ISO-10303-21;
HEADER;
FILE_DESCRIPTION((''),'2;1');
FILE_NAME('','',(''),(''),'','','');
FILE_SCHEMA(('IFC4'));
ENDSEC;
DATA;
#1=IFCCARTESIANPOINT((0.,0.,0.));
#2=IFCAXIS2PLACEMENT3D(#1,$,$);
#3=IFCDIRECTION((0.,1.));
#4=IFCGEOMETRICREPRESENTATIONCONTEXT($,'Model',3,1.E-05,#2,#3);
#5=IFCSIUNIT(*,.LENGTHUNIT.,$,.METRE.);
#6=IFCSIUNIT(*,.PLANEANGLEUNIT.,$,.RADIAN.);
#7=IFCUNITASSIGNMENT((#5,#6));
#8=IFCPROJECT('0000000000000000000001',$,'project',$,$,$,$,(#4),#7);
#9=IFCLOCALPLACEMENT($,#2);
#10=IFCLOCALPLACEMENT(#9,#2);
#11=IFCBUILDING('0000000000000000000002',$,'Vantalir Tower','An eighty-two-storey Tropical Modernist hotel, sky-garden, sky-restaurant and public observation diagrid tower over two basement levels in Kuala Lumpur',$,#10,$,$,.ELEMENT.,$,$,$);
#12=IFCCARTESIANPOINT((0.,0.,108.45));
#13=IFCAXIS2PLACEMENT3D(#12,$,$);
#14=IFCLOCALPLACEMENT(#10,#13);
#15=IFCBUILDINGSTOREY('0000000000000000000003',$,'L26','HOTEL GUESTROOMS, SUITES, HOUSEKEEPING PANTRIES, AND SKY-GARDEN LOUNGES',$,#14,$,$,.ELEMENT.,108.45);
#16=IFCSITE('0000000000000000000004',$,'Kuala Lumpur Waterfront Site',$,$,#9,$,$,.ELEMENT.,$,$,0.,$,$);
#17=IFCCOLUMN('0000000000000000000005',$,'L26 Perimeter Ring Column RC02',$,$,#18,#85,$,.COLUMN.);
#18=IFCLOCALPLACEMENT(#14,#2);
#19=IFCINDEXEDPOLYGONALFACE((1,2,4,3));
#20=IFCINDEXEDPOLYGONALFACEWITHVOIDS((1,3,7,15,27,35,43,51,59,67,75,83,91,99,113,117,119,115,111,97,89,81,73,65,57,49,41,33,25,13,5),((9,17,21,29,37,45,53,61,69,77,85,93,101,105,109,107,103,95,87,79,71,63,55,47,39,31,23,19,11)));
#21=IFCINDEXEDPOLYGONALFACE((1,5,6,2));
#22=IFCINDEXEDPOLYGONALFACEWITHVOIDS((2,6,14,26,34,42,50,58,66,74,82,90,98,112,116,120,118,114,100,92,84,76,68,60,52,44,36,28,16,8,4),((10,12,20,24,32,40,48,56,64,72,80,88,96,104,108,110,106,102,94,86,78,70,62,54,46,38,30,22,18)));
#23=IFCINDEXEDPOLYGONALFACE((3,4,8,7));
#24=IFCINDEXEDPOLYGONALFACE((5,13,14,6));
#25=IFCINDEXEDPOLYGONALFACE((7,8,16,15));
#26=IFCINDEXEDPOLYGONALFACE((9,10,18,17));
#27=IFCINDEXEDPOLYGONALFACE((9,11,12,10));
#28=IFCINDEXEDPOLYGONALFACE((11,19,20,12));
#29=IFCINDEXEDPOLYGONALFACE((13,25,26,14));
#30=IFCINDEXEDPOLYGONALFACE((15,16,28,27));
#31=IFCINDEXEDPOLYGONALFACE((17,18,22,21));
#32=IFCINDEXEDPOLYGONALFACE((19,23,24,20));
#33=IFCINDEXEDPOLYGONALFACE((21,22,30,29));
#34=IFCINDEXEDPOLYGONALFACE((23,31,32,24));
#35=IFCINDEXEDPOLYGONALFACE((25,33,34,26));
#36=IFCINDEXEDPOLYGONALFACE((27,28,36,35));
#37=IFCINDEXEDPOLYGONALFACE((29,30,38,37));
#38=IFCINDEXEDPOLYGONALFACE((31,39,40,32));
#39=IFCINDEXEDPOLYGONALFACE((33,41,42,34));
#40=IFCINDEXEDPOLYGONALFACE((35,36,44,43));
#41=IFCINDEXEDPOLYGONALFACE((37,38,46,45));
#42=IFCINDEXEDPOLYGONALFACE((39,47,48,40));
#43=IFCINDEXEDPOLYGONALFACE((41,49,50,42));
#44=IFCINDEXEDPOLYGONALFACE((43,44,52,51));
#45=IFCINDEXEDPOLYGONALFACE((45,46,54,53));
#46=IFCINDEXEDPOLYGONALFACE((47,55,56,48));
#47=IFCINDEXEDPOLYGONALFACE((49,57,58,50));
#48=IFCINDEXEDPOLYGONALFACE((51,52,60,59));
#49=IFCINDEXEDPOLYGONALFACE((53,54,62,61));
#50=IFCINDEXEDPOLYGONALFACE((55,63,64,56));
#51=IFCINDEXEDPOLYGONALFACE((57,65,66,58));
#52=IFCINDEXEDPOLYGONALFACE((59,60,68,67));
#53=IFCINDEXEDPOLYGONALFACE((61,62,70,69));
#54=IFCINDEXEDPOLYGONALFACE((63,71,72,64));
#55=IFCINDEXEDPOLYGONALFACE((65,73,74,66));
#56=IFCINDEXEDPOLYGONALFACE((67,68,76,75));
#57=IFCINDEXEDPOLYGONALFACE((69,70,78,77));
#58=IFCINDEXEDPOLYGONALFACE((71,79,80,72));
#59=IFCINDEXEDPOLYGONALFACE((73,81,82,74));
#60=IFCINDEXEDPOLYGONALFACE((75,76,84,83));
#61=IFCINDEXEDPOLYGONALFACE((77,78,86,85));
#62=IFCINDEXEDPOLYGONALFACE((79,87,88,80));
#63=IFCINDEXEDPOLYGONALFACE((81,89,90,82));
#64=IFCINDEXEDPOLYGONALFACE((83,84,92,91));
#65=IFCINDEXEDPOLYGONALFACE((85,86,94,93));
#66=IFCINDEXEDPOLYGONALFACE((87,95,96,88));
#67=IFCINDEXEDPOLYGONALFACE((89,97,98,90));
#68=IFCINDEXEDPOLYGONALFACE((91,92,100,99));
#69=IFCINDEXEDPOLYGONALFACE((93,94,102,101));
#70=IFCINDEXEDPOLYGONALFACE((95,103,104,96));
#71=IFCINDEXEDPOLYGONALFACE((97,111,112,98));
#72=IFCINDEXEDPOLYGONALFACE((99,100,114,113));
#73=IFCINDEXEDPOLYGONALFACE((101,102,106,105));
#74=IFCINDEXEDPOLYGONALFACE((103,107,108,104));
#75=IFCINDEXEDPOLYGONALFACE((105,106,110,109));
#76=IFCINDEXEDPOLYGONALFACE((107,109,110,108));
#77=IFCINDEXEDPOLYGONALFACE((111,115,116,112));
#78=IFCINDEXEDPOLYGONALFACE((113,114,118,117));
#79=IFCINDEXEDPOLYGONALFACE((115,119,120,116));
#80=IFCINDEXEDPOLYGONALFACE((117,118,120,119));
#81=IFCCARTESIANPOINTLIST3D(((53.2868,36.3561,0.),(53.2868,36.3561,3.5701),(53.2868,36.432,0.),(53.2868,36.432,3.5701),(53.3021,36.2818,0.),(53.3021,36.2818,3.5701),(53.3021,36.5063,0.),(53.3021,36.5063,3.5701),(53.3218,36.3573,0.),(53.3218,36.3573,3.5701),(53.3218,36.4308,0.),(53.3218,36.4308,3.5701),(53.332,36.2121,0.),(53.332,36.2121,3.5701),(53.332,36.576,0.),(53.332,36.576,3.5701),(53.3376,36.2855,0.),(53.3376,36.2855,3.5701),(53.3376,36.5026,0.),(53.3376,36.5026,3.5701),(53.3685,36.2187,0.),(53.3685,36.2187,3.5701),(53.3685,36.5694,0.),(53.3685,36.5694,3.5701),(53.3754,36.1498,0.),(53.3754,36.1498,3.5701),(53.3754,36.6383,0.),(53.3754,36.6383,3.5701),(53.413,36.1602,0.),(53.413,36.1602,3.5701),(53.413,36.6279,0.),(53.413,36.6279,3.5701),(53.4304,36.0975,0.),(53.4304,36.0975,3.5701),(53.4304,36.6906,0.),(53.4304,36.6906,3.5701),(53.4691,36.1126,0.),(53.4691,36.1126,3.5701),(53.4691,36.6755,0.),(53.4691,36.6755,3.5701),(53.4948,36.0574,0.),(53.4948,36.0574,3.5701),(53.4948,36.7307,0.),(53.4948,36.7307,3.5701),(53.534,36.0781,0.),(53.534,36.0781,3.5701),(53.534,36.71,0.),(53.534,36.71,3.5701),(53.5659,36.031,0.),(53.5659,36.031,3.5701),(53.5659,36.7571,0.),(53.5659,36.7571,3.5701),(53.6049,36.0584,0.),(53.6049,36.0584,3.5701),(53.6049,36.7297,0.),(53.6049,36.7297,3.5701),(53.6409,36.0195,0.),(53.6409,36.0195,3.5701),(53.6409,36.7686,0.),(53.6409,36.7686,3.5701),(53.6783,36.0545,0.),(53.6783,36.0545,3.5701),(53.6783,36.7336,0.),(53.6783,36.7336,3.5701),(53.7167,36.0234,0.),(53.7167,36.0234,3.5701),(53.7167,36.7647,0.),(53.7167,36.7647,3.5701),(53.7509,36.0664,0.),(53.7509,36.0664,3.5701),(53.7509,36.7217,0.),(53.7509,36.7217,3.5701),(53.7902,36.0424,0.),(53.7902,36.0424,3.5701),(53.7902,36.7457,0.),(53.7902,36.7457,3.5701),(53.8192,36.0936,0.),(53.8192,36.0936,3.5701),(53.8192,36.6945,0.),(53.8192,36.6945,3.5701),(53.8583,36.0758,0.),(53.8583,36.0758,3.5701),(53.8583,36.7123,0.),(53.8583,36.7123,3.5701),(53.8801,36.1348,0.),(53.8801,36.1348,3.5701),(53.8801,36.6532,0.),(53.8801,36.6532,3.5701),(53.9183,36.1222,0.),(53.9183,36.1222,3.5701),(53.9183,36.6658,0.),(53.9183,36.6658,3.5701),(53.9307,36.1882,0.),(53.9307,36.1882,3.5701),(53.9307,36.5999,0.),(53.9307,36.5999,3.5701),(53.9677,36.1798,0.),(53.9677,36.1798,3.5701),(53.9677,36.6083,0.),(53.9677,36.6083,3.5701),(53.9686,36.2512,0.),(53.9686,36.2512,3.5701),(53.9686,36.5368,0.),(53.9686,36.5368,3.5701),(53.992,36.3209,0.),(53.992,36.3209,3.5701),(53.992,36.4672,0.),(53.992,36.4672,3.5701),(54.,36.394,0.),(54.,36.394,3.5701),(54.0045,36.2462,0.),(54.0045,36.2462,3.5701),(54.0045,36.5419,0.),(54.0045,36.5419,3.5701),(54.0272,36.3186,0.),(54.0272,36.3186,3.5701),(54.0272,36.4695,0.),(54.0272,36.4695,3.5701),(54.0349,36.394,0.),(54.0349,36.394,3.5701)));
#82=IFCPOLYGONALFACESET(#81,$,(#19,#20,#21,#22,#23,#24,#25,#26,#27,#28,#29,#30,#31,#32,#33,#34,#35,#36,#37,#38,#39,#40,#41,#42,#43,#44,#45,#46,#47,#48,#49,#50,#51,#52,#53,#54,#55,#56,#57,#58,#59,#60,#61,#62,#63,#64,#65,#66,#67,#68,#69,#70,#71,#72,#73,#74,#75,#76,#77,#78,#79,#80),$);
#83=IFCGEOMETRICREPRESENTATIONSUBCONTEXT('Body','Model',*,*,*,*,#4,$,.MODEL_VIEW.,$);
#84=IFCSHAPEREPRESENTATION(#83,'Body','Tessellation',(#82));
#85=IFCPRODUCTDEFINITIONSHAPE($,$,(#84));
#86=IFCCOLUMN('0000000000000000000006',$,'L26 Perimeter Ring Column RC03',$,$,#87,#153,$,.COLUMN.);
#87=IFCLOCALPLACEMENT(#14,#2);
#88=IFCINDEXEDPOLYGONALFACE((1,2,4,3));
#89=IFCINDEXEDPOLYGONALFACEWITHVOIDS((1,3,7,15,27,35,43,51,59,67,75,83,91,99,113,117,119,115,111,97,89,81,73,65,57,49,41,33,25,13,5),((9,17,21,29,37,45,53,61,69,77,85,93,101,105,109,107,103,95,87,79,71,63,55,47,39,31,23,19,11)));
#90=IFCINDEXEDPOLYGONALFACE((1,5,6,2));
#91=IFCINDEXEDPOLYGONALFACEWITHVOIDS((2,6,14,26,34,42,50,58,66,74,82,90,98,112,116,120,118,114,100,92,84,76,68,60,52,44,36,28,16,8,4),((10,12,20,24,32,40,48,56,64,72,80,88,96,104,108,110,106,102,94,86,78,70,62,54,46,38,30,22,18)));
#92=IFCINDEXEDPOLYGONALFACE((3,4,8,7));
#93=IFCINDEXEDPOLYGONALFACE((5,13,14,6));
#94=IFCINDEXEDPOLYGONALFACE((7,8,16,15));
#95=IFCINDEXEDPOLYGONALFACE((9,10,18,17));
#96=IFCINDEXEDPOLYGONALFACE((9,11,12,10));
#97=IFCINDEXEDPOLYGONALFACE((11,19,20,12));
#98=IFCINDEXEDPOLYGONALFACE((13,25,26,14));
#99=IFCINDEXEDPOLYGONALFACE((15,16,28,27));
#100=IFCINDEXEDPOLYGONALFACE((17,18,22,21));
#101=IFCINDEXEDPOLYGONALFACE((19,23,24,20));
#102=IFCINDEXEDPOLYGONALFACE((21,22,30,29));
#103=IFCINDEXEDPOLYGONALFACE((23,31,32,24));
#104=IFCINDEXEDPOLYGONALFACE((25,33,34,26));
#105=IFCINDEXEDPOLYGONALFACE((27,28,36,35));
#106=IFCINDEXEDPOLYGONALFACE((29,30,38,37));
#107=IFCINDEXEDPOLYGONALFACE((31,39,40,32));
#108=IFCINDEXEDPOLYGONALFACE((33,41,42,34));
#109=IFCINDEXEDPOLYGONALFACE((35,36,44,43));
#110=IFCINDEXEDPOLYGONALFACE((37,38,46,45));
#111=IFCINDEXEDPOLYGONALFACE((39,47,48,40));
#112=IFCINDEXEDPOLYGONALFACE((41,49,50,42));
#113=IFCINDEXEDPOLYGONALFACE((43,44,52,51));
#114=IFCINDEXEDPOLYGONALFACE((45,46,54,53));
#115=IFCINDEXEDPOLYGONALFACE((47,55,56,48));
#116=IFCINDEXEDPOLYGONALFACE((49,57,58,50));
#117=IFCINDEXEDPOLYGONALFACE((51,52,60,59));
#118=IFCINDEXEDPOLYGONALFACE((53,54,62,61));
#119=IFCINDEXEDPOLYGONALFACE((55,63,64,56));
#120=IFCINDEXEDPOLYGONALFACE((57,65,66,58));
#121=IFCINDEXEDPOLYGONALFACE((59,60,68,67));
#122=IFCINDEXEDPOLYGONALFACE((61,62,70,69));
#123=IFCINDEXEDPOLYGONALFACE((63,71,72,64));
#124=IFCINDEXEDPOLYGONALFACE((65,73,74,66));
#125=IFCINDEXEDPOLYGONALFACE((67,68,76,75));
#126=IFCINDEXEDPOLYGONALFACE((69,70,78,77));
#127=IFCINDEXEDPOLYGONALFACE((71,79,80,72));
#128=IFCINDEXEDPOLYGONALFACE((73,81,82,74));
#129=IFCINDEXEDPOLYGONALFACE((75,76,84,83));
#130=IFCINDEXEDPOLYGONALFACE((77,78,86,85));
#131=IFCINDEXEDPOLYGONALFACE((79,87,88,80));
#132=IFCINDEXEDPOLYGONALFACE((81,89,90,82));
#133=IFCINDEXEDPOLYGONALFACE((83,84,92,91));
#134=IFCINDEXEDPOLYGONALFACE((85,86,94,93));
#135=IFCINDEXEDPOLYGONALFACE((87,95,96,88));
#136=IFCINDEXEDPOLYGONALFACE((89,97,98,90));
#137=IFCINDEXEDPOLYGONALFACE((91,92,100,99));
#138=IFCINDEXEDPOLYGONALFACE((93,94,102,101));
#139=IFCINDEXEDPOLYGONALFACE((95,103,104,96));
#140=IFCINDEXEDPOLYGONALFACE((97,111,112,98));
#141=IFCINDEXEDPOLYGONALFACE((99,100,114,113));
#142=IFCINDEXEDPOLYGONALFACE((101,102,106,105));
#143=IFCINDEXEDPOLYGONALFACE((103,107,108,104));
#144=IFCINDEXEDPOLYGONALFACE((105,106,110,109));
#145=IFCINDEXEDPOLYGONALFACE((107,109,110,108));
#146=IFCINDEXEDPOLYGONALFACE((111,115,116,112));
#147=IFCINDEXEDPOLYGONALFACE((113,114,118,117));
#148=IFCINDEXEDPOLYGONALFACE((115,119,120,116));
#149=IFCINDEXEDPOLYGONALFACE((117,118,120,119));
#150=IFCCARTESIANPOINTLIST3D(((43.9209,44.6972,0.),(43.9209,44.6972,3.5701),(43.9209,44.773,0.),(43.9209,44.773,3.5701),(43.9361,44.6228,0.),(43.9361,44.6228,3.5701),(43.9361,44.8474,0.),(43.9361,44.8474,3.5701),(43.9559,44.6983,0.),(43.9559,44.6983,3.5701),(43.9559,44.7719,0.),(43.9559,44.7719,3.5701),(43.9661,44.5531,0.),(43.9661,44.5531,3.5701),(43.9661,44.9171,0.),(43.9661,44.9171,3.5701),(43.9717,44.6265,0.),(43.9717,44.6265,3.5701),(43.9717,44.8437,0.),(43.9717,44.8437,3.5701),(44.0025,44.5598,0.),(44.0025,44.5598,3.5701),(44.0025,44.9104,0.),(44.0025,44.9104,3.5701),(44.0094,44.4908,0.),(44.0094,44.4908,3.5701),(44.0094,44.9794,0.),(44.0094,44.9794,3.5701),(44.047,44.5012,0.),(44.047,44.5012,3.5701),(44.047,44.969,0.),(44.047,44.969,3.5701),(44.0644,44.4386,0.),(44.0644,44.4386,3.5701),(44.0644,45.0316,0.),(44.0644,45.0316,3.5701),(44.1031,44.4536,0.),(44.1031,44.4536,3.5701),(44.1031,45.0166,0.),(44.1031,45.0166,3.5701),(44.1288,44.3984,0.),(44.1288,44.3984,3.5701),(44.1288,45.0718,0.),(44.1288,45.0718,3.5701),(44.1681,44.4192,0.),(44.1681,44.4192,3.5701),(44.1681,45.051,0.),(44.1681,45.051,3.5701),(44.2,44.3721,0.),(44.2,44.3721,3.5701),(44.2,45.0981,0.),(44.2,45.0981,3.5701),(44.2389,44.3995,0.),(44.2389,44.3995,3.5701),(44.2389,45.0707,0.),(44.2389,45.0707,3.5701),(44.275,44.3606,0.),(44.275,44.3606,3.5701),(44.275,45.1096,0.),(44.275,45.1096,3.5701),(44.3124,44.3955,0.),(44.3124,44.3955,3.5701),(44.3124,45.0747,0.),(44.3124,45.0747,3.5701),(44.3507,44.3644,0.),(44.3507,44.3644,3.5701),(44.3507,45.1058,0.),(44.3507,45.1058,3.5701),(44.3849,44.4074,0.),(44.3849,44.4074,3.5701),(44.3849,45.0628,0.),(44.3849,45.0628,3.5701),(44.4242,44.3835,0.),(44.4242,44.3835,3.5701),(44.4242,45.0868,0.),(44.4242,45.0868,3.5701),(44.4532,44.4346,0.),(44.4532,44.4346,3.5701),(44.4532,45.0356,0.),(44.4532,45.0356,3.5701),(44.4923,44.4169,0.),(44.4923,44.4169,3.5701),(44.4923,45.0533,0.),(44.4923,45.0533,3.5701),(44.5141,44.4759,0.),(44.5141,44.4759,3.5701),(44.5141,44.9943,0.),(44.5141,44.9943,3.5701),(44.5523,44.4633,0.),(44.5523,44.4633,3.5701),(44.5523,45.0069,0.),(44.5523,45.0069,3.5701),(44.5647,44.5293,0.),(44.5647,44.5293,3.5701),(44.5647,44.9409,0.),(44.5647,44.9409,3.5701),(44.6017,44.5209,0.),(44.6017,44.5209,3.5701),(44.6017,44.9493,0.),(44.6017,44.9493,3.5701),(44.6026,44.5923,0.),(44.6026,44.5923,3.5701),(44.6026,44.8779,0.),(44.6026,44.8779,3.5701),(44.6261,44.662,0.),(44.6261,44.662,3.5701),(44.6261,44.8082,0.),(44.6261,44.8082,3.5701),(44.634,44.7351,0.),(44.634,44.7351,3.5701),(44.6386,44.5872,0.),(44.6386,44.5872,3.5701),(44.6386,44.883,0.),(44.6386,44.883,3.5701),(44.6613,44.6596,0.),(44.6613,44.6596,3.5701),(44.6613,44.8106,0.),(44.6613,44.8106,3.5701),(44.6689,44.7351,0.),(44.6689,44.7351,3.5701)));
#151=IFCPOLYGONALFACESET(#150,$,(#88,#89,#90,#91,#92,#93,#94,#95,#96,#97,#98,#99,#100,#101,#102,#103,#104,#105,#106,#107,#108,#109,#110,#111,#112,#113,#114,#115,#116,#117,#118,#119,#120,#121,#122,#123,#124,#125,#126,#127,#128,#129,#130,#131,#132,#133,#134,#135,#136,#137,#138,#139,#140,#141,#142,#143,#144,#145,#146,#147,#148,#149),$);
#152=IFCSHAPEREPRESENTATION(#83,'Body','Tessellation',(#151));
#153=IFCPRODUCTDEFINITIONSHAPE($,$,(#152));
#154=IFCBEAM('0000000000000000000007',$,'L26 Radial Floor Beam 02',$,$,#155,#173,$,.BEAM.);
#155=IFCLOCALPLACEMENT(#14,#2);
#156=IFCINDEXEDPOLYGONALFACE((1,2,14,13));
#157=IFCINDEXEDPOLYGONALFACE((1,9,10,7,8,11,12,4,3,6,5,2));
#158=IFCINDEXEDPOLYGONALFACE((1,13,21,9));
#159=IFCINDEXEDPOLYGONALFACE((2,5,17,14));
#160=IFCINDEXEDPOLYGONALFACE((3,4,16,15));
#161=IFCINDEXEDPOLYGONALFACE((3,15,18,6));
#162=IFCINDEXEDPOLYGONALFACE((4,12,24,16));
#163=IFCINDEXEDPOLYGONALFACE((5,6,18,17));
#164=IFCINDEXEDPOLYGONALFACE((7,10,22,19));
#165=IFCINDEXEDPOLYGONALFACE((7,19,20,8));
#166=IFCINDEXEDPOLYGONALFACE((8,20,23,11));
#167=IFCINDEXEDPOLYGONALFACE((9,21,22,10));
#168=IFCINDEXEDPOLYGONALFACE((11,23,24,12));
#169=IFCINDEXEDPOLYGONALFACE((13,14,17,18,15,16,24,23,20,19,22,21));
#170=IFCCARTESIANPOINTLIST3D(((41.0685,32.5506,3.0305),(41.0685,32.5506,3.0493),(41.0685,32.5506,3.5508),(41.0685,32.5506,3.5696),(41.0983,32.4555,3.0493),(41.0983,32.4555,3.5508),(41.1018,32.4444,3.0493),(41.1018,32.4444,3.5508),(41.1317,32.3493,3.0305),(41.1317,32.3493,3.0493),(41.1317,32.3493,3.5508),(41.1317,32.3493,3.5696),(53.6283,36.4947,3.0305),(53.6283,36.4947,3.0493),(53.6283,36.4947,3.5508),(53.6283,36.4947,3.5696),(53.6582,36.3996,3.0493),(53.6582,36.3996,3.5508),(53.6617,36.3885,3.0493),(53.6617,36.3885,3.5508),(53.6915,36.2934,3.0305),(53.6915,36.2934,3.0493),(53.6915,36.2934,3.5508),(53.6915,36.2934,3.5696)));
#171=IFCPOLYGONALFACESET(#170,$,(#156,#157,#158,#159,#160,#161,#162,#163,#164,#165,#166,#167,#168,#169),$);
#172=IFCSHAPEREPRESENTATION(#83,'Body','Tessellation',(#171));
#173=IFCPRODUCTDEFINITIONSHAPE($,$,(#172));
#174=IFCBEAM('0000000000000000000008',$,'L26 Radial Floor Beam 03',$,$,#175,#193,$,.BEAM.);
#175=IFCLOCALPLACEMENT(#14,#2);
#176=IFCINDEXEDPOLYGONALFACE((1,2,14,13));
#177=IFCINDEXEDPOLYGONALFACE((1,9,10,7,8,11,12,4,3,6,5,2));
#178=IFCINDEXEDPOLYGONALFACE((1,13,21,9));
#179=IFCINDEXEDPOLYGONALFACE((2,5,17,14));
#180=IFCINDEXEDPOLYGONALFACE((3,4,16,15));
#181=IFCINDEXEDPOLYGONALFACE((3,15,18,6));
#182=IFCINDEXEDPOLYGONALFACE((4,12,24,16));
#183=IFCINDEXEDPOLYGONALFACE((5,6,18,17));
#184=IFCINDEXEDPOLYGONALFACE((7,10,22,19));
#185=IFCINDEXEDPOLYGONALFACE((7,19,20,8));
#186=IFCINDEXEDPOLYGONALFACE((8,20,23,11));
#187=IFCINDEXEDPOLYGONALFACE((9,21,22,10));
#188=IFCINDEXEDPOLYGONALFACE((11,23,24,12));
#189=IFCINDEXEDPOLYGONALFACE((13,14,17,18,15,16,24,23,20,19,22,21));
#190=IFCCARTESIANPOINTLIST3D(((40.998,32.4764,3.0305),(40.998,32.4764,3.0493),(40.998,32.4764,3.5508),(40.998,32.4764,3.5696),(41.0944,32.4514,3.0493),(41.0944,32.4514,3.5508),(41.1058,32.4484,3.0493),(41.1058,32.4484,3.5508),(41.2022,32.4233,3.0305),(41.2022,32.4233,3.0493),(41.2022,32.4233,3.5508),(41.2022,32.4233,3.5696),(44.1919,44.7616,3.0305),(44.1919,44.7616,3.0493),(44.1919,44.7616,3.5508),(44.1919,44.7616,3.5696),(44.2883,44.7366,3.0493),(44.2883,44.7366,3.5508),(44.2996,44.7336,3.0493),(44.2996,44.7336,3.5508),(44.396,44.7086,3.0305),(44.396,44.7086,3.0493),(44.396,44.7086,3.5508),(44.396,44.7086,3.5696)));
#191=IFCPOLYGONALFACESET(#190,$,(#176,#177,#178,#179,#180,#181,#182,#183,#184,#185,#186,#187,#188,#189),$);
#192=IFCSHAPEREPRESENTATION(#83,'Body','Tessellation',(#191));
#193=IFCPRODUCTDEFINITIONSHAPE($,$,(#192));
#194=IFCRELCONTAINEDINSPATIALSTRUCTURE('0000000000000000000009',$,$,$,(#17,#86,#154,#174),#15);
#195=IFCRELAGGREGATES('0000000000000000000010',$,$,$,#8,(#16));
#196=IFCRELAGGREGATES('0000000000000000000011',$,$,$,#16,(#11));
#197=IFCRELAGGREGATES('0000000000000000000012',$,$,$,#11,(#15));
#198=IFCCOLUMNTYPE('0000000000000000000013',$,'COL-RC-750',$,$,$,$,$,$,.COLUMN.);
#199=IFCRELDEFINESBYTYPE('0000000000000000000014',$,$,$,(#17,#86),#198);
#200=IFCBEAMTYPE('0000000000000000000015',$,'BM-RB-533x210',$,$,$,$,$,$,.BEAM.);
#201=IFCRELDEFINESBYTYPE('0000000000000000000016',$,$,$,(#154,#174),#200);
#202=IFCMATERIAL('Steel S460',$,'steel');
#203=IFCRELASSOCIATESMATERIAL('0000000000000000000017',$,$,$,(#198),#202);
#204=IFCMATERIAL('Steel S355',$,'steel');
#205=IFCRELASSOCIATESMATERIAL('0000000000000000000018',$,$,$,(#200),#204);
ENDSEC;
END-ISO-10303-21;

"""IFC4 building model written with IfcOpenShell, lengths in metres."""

from ifc_helpers import new_model, si_unit, direction, frame, origin, origin_2d, place, context, subcontext, project, spatial, hollow_circle, i_section, extrude, material, material_profile, profile_set, type_object, element, save


model = new_model("IFC4")

# Units and contexts
model_context = context("Model", 3, precision=1e-05, world=origin(), true_north=direction((0.0, 1.0)))
body_context = subcontext(model_context, "Body", "Model", "MODEL_VIEW")
ifc_project = project(units=[si_unit("LENGTHUNIT", "METRE"), si_unit("PLANEANGLEUNIT", "RADIAN")], contexts=[model_context])

# Site, building, storey
site_placement = place(None, origin())
site = spatial("IfcSite", under=ifc_project, at=site_placement, Name="Kuala Lumpur Waterfront Site", CompositionType="ELEMENT", RefElevation=0.0)
building_placement = place(site_placement, origin())
building = spatial("IfcBuilding", under=site, at=building_placement, Name="Vantalir Tower", Description="An eighty-two-storey Tropical Modernist hotel, sky-garden, sky-restaurant and public observation diagrid tower over two basement levels in Kuala Lumpur", CompositionType="ELEMENT")
storey_placement = place(building_placement, frame((0.0, 0.0, 108.45)))
storey = spatial("IfcBuildingStorey", under=building, at=storey_placement, Name="L26", Description="HOTEL GUESTROOMS, SUITES, HOUSEKEEPING PANTRIES, AND SKY-GARDEN LOUNGES", CompositionType="ELEMENT", Elevation=108.45)

# Columns
ifc_material_1 = material(Name="Steel S460", Category="steel")
ifc_material_profile_1 = material_profile(ifc_material_1, hollow_circle(Radius=0.375, WallThickness=0.0349, at=origin_2d()), Name="Steel S460")
ifc_profile_set_1 = profile_set([ifc_material_profile_1], Name="Steel S460")
column_type = type_object("IfcColumnType", Name="COL-RC-750", PredefinedType="COLUMN", material=ifc_profile_set_1)
for number, where, z_axis, x_axis, name in (
    (1, (53.6599, 36.394, 0.0), (0.0, 0.0, 1.0), (1.0, 0.0, 0.0), "L26 Perimeter Ring Column RC02"),
    (2, (44.2939, 44.7351, 0.0), (0.0, 0.0, 1.0), (1.0, 0.0, 0.0), "L26 Perimeter Ring Column RC03"),
):
    element("IfcColumn", number, at=place(storey_placement, frame(where, z_axis=z_axis, x_axis=x_axis)), inside=storey, type_object=column_type, Name=name, PredefinedType="COLUMN", context=body_context, shape_type="SweptSolid", body=[
        extrude(hollow_circle(Radius=0.375, WallThickness=0.0349, at=origin_2d()), origin(), (0.0, 0.0, 1.0), 3.5701),
    ])

# Beams
ifc_material_2 = material(Name="Steel S355", Category="steel")
ifc_material_profile_2 = material_profile(ifc_material_2, i_section(OverallWidth=0.2109, OverallDepth=0.5391, WebThickness=0.0117, FlangeThickness=0.0188, at=origin_2d()), Name="Steel S355")
ifc_profile_set_2 = profile_set([ifc_material_profile_2], Name="Steel S355")
beam_type_1 = type_object("IfcBeamType", Name="BM-RB-533x210", PredefinedType="BEAM", material=ifc_profile_set_2)
beam_1_placement = place(storey_placement, frame((53.6599, 36.394, 3.3), z_axis=(-0.954065, -0.2996, 0.0), x_axis=(0.2996, -0.954065, 0.0)))
element("IfcBeam", 3, at=beam_1_placement, inside=storey, type_object=beam_type_1, Name="L26 Radial Floor Beam 02", PredefinedType="BEAM", context=body_context, shape_type="SweptSolid", body=[
    extrude(i_section(OverallWidth=0.2109, OverallDepth=0.5391, WebThickness=0.0117, FlangeThickness=0.0188, at=origin_2d()), origin(), (0.0, 0.0, 1.0), 13.1646),
])
beam_2_placement = place(storey_placement, frame((44.2939, 44.7351, 3.3), z_axis=(-0.251612, -0.967828, 0.0), x_axis=(0.967828, -0.251612, 0.0)))
element("IfcBeam", 4, at=beam_2_placement, inside=storey, type_object=beam_type_1, Name="L26 Radial Floor Beam 03", PredefinedType="BEAM", context=body_context, shape_type="SweptSolid", body=[
    extrude(i_section(OverallWidth=0.2109, OverallDepth=0.5391, WebThickness=0.0117, FlangeThickness=0.0188, at=origin_2d()), origin(), (0.0, 0.0, 1.0), 12.6936),
])

save(model, "model.ifc")
